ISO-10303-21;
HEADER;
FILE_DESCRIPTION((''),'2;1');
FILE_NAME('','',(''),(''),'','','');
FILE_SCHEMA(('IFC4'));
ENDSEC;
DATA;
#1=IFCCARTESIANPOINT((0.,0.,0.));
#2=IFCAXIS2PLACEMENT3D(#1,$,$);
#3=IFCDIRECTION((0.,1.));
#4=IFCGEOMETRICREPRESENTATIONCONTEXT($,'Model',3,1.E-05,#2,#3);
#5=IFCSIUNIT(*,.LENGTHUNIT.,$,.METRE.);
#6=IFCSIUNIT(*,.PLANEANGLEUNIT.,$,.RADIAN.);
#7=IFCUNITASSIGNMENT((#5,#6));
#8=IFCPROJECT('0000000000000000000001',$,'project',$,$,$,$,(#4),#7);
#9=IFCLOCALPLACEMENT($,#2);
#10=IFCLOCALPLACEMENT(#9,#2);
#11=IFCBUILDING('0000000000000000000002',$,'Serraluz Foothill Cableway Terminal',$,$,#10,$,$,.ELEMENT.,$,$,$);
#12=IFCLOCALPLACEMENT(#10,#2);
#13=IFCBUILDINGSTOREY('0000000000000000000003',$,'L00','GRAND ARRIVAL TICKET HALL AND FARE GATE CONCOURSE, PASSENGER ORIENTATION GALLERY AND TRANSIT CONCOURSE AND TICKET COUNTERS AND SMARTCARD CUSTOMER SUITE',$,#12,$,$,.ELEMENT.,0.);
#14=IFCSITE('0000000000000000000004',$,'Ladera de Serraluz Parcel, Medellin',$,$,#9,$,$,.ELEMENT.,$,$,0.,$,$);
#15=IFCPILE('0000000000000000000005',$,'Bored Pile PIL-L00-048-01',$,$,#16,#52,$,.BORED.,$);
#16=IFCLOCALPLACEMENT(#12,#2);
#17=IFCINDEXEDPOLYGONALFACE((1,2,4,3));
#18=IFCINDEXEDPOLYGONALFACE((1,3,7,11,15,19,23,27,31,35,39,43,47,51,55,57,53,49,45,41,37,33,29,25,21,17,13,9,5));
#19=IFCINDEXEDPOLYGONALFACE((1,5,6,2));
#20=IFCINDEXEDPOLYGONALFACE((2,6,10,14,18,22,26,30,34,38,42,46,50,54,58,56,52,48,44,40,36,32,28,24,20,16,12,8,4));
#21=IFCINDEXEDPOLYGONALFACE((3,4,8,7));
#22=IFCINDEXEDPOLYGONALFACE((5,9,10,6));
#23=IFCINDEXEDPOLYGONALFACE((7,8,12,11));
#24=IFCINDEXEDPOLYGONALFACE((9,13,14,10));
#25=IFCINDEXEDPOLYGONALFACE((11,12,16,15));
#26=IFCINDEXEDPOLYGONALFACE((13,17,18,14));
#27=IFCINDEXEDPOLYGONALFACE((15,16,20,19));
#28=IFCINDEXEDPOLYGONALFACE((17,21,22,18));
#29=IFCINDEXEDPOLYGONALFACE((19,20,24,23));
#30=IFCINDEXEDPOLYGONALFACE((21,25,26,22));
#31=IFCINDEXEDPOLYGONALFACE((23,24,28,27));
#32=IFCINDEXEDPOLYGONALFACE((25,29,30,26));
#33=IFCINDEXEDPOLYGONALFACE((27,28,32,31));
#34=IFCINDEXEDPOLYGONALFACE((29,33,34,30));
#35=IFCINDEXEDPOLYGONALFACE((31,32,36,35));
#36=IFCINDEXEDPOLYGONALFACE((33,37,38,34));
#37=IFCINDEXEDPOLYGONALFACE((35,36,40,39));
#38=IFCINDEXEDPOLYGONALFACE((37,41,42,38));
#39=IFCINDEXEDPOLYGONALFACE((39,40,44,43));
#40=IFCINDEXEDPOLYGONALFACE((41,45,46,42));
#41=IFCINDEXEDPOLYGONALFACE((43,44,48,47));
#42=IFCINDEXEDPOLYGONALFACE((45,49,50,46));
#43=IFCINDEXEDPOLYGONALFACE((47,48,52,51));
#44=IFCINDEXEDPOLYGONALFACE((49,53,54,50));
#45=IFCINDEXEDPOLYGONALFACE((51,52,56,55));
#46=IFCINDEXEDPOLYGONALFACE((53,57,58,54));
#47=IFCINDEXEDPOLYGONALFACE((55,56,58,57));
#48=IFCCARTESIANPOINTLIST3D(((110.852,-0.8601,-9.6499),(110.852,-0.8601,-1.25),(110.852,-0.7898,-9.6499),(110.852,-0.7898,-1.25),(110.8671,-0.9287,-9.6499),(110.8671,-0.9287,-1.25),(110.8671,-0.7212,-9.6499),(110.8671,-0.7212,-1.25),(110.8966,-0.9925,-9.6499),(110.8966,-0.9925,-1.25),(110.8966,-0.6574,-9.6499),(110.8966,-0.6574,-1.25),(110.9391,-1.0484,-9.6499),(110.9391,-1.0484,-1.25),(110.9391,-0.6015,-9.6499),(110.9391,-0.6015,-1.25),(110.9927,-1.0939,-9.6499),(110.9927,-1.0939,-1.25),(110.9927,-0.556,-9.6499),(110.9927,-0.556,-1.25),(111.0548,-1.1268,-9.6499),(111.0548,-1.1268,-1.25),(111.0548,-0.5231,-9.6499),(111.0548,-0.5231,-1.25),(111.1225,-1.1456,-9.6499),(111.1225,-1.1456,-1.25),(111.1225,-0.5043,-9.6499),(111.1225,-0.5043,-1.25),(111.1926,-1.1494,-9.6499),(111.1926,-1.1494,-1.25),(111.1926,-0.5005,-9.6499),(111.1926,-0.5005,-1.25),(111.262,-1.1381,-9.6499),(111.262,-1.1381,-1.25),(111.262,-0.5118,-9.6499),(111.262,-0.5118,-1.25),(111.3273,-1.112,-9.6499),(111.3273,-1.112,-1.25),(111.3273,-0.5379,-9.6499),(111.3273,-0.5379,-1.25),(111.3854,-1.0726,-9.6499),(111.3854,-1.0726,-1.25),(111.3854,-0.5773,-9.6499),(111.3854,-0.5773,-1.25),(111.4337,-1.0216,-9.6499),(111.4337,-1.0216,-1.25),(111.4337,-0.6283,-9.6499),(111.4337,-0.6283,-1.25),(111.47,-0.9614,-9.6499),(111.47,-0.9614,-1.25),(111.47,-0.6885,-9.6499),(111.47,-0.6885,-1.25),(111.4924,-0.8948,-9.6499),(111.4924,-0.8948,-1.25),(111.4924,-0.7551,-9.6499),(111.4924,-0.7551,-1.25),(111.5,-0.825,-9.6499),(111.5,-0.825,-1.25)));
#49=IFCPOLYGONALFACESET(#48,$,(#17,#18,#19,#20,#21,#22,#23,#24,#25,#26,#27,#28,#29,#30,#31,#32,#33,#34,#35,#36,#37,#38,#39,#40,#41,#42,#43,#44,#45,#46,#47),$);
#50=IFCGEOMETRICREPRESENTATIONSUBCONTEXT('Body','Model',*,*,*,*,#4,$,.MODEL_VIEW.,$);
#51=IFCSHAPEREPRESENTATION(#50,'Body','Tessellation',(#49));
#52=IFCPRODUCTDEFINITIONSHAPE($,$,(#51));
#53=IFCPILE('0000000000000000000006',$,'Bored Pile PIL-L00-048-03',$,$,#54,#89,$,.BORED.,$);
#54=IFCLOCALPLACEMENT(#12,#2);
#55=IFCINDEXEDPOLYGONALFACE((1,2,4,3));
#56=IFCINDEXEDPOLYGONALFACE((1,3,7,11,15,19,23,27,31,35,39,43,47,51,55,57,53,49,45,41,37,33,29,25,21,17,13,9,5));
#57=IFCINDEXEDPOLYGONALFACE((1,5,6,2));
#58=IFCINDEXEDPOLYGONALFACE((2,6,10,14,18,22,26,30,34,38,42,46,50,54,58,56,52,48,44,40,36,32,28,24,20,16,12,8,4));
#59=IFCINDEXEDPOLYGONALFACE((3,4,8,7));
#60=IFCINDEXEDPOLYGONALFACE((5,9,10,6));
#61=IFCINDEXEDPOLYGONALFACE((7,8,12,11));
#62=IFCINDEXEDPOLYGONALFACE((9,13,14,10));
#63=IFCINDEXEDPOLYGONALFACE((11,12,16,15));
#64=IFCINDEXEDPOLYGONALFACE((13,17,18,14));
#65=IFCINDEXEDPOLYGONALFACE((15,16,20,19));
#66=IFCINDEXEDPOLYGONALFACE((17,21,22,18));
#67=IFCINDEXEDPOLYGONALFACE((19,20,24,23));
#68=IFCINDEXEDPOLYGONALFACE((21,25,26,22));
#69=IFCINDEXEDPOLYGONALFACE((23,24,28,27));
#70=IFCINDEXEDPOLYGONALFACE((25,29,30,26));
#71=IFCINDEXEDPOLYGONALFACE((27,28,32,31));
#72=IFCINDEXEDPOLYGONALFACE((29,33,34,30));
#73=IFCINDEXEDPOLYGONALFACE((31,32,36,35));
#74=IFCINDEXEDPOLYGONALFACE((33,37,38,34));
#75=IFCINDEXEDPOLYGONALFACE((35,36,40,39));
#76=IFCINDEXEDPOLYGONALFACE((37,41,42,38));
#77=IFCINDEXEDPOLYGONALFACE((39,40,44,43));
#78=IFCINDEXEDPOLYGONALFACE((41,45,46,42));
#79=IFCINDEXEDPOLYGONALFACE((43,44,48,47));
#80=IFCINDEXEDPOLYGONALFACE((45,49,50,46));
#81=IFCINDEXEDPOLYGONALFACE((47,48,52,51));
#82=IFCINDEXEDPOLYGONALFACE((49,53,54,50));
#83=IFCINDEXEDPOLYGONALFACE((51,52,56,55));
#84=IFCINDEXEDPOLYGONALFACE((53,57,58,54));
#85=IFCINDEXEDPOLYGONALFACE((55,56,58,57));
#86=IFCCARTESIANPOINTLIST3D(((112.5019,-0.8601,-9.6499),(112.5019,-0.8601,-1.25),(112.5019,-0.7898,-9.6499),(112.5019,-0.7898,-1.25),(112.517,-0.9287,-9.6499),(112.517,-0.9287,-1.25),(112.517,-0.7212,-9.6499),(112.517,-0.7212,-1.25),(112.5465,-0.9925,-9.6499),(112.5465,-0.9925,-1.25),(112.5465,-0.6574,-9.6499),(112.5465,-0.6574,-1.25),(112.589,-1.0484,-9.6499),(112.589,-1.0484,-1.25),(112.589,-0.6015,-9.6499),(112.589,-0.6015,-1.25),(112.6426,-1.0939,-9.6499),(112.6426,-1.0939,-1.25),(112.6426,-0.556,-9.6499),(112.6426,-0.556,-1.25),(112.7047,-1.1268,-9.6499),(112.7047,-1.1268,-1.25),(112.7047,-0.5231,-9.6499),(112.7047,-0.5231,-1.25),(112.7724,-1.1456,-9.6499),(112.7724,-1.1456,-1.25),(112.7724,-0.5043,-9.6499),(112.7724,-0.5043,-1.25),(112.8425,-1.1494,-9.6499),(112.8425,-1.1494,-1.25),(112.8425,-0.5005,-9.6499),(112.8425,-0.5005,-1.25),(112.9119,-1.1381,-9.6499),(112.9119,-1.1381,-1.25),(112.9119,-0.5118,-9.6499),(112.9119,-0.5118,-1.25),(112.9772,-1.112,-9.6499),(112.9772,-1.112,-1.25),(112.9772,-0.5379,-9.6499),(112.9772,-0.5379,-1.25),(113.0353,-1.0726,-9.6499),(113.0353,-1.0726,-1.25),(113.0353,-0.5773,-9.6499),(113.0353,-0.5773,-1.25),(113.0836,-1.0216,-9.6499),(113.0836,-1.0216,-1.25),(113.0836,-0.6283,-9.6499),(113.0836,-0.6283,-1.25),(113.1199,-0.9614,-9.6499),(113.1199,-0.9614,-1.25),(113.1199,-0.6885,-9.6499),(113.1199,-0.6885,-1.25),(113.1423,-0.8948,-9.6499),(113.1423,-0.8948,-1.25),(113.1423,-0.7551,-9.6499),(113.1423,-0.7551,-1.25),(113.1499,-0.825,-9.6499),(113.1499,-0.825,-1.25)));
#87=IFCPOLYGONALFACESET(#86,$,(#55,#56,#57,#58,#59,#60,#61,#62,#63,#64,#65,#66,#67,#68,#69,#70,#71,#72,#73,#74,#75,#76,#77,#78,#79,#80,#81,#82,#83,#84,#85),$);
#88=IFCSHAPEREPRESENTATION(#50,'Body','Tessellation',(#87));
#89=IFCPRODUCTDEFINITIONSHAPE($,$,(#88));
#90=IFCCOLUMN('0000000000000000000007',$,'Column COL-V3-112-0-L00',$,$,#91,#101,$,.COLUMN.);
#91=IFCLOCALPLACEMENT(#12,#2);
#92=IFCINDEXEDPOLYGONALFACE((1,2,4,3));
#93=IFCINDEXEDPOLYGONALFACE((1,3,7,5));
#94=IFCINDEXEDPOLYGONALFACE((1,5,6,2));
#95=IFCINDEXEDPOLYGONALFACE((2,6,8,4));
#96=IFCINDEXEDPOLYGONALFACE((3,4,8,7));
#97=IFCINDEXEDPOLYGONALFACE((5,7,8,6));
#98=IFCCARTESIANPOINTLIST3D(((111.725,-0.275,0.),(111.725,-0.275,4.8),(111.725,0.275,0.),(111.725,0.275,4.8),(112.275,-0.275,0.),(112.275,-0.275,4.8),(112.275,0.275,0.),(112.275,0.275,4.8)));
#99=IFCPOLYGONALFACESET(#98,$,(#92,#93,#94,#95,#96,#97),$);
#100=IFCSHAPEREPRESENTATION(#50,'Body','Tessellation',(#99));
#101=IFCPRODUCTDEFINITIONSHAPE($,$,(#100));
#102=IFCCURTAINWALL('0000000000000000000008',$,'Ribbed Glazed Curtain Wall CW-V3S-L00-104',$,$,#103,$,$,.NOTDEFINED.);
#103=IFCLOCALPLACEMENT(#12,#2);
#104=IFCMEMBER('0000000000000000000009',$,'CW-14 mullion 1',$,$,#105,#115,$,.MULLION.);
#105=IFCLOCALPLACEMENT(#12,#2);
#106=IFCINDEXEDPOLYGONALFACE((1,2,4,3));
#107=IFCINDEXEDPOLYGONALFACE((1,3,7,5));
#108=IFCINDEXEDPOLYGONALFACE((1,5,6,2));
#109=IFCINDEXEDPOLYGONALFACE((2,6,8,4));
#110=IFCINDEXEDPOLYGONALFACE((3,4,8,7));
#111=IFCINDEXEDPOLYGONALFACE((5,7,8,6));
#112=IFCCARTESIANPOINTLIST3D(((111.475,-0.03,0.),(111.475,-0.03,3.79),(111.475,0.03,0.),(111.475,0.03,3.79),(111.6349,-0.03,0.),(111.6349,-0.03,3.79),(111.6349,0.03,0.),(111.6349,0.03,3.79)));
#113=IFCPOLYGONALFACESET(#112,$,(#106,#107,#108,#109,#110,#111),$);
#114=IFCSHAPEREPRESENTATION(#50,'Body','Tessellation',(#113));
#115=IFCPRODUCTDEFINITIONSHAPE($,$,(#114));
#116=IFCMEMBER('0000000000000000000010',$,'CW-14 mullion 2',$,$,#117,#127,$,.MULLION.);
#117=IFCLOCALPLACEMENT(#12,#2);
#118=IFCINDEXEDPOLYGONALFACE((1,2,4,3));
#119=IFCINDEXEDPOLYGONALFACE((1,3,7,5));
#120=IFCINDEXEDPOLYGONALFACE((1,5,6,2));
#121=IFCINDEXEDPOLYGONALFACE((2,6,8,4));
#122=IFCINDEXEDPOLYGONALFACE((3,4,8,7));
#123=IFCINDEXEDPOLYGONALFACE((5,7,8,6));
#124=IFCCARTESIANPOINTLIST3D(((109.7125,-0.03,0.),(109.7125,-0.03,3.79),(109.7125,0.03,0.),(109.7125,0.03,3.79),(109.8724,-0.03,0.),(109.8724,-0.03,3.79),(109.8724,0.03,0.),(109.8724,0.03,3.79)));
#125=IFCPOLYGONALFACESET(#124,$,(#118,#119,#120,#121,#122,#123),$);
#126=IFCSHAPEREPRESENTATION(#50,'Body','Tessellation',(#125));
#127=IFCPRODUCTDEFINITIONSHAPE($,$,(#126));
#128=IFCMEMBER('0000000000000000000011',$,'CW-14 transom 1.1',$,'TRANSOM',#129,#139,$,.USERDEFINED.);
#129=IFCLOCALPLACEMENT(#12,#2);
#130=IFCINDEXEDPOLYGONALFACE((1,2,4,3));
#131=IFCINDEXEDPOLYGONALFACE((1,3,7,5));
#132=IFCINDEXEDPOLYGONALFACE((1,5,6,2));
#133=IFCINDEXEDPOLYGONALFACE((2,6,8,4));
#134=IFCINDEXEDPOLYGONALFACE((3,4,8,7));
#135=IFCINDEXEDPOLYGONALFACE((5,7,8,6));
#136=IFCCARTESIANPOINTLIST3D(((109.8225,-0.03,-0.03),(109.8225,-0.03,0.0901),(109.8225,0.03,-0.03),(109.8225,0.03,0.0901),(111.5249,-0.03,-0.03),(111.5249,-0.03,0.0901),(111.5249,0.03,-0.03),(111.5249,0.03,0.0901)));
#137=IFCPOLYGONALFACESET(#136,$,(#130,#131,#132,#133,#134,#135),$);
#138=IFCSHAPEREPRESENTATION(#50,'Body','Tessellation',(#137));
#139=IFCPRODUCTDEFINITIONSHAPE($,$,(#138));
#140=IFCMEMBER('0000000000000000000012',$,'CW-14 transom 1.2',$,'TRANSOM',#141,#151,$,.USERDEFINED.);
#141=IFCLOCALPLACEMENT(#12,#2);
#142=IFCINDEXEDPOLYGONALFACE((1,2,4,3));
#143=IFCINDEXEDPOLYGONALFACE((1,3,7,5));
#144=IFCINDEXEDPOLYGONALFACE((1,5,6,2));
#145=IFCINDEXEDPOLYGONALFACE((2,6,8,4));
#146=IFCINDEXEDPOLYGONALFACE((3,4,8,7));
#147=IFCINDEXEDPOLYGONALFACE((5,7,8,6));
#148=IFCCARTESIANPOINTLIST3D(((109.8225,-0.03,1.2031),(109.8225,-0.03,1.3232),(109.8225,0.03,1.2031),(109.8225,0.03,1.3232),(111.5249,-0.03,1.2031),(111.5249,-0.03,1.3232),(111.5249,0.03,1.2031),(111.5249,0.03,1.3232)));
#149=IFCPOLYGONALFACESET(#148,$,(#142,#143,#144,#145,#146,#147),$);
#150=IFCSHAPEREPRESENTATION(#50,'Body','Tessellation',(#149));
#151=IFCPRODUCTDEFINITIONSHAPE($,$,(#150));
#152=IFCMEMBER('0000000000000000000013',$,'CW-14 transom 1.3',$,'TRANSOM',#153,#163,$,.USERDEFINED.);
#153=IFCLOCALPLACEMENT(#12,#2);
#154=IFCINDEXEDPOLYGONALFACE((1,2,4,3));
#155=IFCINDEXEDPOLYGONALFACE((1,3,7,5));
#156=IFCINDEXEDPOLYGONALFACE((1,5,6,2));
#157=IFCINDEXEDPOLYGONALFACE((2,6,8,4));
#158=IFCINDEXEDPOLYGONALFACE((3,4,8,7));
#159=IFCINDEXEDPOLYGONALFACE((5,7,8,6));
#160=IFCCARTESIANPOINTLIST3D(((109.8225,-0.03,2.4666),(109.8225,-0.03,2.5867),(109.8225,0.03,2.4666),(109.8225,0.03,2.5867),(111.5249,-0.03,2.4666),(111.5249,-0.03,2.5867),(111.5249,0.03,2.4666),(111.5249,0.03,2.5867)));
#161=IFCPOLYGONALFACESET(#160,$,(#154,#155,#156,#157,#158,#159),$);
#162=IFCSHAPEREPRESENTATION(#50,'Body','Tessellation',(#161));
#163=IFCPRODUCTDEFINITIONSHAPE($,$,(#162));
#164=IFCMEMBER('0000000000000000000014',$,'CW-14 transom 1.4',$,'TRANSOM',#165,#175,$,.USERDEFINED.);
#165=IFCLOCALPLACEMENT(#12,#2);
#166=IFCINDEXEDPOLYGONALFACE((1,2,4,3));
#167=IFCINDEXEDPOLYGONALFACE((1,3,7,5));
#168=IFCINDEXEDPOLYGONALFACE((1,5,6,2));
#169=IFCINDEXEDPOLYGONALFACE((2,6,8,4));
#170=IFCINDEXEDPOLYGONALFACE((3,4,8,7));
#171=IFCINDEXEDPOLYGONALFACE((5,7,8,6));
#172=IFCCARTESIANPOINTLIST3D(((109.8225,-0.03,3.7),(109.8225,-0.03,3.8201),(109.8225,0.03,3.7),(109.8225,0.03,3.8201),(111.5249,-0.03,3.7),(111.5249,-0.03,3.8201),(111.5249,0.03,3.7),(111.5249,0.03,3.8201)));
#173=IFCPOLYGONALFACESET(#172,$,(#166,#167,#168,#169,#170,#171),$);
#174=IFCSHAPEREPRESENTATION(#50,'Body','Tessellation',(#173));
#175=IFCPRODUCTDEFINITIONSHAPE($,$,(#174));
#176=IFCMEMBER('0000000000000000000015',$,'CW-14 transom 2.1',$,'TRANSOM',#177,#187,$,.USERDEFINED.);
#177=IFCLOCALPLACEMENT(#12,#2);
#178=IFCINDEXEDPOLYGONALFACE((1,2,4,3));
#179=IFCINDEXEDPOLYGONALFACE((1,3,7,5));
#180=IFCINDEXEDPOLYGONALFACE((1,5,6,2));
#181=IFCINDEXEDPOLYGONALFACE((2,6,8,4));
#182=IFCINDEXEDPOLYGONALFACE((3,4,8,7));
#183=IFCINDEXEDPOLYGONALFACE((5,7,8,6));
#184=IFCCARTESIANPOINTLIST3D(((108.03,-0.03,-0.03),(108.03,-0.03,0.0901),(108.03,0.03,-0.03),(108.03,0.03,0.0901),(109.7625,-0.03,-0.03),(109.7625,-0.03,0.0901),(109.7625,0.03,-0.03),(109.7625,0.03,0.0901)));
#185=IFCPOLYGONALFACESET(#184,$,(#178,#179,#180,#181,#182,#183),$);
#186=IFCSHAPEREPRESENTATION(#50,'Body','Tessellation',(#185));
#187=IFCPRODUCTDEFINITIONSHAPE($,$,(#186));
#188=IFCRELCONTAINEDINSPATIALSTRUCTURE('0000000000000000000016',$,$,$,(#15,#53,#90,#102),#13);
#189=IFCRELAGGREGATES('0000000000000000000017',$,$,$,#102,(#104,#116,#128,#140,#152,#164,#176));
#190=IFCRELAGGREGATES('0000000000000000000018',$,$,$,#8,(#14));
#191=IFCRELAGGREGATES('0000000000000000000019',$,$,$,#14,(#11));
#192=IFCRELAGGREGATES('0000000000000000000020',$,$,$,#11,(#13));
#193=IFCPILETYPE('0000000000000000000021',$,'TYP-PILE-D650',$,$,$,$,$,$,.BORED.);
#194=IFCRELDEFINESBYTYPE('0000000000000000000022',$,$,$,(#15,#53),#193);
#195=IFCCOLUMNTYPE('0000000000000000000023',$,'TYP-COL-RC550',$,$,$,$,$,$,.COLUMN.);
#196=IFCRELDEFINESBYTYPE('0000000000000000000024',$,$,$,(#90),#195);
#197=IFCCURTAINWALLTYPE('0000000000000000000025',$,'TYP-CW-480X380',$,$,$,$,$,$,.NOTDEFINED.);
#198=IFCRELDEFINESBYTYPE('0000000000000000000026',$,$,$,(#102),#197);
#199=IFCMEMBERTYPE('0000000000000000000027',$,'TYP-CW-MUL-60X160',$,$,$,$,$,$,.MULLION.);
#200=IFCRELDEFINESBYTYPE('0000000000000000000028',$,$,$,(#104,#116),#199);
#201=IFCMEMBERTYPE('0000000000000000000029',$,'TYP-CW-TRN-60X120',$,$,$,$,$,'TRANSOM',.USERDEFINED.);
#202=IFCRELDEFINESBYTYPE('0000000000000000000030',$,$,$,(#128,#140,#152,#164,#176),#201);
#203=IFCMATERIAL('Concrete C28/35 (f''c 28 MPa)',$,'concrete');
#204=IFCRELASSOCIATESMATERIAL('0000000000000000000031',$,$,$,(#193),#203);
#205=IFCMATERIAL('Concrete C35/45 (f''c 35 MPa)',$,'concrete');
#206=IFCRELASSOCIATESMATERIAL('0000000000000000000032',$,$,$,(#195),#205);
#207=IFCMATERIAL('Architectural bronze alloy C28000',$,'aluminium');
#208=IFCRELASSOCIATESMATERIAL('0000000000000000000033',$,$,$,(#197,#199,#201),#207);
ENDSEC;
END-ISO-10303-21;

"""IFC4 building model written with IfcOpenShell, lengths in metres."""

from ifc_helpers import new_model, si_unit, direction, frame, origin, origin_2d, place, context, subcontext, project, spatial, rectangle, circle, extrude, material, material_profile, profile_set, type_object, element, aggregate, save


model = new_model("IFC4")

# Units and contexts
model_context = context("Model", 3, precision=1e-05, world=origin(), true_north=direction((0.0, 1.0)))
body_context = subcontext(model_context, "Body", "Model", "MODEL_VIEW")
ifc_project = project(units=[si_unit("LENGTHUNIT", "METRE"), si_unit("PLANEANGLEUNIT", "RADIAN")], contexts=[model_context])

# Site, building, storey
site_placement = place(None, origin())
site = spatial("IfcSite", under=ifc_project, at=site_placement, Name="Ladera de Serraluz Parcel, Medellin", CompositionType="ELEMENT", RefElevation=0.0)
building_placement = place(site_placement, origin())
building = spatial("IfcBuilding", under=site, at=building_placement, Name="Serraluz Foothill Cableway Terminal", CompositionType="ELEMENT")
storey_placement = place(building_placement, origin())
storey = spatial("IfcBuildingStorey", under=building, at=storey_placement, Name="L00", Description="GRAND ARRIVAL TICKET HALL AND FARE GATE CONCOURSE, PASSENGER ORIENTATION GALLERY AND TRANSIT CONCOURSE AND TICKET COUNTERS AND SMARTCARD CUSTOMER SUITE", CompositionType="ELEMENT", Elevation=0.0)

# Piles
ifc_material_1 = material(Name="Concrete C28/35 (f'c 28 MPa)", Category="concrete")
ifc_material_profile_1 = material_profile(ifc_material_1, circle(Radius=0.325, at=origin_2d()), Name="BORED PILE D650")
ifc_profile_set_1 = profile_set([ifc_material_profile_1], Name="Concrete C28/35 (f'c 28 MPa)")
pile_type = type_object("IfcPileType", Name="TYP-PILE-D650", PredefinedType="BORED", material=ifc_profile_set_1)
for number, where, z_axis, x_axis, name in (
    (1, (111.175, -0.825, -1.25), (0.0, 0.0, -1.0), (1.0, 0.0, 0.0), "Bored Pile PIL-L00-048-01"),
    (2, (112.825, -0.825, -1.25), (0.0, 0.0, -1.0), (1.0, 0.0, 0.0), "Bored Pile PIL-L00-048-03"),
):
    element("IfcPile", number, at=place(storey_placement, frame(where, z_axis=z_axis, x_axis=x_axis)), inside=storey, type_object=pile_type, Name=name, PredefinedType="BORED", context=body_context, shape_type="SweptSolid", body=[
        extrude(circle(Radius=0.325, at=origin_2d()), origin(), (0.0, 0.0, 1.0), 8.3999),
    ])

# Column
ifc_material_2 = material(Name="Concrete C35/45 (f'c 35 MPa)", Category="concrete")
ifc_material_profile_2 = material_profile(ifc_material_2, rectangle(XDim=0.55, YDim=0.55, at=origin_2d()), Name="RC 550x550")
ifc_profile_set_2 = profile_set([ifc_material_profile_2], Name="Concrete C35/45 (f'c 35 MPa)")
column_type = type_object("IfcColumnType", Name="TYP-COL-RC550", PredefinedType="COLUMN", material=ifc_profile_set_2)
column_placement = place(storey_placement, frame((112.0, 0.0, 0.0), z_axis=(0.0, 0.0, 1.0), x_axis=(1.0, 0.0, 0.0)))
element("IfcColumn", 3, at=column_placement, inside=storey, type_object=column_type, Name="Column COL-V3-112-0-L00", PredefinedType="COLUMN", context=body_context, shape_type="SweptSolid", body=[
    extrude(rectangle(XDim=0.55, YDim=0.55, at=origin_2d()), origin(), (0.0, 0.0, 1.0), 4.8),
])

# Curtain wall, members
ifc_material_3 = material(Name="Architectural bronze alloy C28000", Category="aluminium")
curtain_wall_type = type_object("IfcCurtainWallType", Name="TYP-CW-480X380", PredefinedType="NOTDEFINED", material=ifc_material_3)
curtain_wall_placement = place(storey_placement, origin())
curtain_wall = element("IfcCurtainWall", 4, at=curtain_wall_placement, inside=storey, type_object=curtain_wall_type, Name="Ribbed Glazed Curtain Wall CW-V3S-L00-104", PredefinedType="NOTDEFINED")
ifc_material_profile_3 = material_profile(ifc_material_3, rectangle(XDim=0.0601, YDim=0.1599, at=origin_2d()), Name="ALU MULLION 60x160")
ifc_profile_set_3 = profile_set([ifc_material_profile_3], Name="Architectural bronze alloy C28000")
member_type_1 = type_object("IfcMemberType", Name="TYP-CW-MUL-60X160", PredefinedType="MULLION", material=ifc_profile_set_3)
member_1_placement = place(storey_placement, frame((111.5549, 0.0, 0.0), z_axis=(0.0, 0.0, 1.0), x_axis=(0.0, -1.0, 0.0)))
member_1 = element("IfcMember", 5, at=member_1_placement, type_object=member_type_1, Name="CW-14 mullion 1", PredefinedType="MULLION", context=body_context, shape_type="SweptSolid", body=[
    extrude(rectangle(XDim=0.0601, YDim=0.1599, at=origin_2d()), origin(), (0.0, 0.0, 1.0), 3.79),
])
member_2_placement = place(storey_placement, frame((109.7925, 0.0, 0.0), z_axis=(0.0, 0.0, 1.0), x_axis=(0.0, -1.0, 0.0)))
member_2 = element("IfcMember", 6, at=member_2_placement, type_object=member_type_1, Name="CW-14 mullion 2", PredefinedType="MULLION", context=body_context, shape_type="SweptSolid", body=[
    extrude(rectangle(XDim=0.0601, YDim=0.1599, at=origin_2d()), origin(), (0.0, 0.0, 1.0), 3.79),
])
ifc_material_profile_4 = material_profile(ifc_material_3, rectangle(XDim=0.0601, YDim=0.1201, at=origin_2d()), Name="ALU TRANSOM 60x120")
ifc_profile_set_4 = profile_set([ifc_material_profile_4], Name="Architectural bronze alloy C28000")
member_type_2 = type_object("IfcMemberType", Name="TYP-CW-TRN-60X120", ElementType="TRANSOM", PredefinedType="USERDEFINED", material=ifc_profile_set_4)
member_3_placement = place(storey_placement, frame((111.5249, 0.0, 0.03), z_axis=(-1.0, 0.0, 0.0), x_axis=(0.0, -1.0, 0.0)))
member_3 = element("IfcMember", 7, at=member_3_placement, type_object=member_type_2, Name="CW-14 transom 1.1", ObjectType="TRANSOM", PredefinedType="USERDEFINED", context=body_context, shape_type="SweptSolid", body=[
    extrude(rectangle(XDim=0.0601, YDim=0.1201, at=origin_2d()), origin(), (0.0, 0.0, 1.0), 1.7024),
])
member_4_placement = place(storey_placement, frame((111.5249, 0.0, 1.2632), z_axis=(-1.0, 0.0, 0.0), x_axis=(0.0, -1.0, 0.0)))
member_4 = element("IfcMember", 8, at=member_4_placement, type_object=member_type_2, Name="CW-14 transom 1.2", ObjectType="TRANSOM", PredefinedType="USERDEFINED", context=body_context, shape_type="SweptSolid", body=[
    extrude(rectangle(XDim=0.0601, YDim=0.1201, at=origin_2d()), origin(), (0.0, 0.0, 1.0), 1.7024),
])
member_5_placement = place(storey_placement, frame((111.5249, 0.0, 2.5266), z_axis=(-1.0, 0.0, 0.0), x_axis=(0.0, -1.0, 0.0)))
member_5 = element("IfcMember", 9, at=member_5_placement, type_object=member_type_2, Name="CW-14 transom 1.3", ObjectType="TRANSOM", PredefinedType="USERDEFINED", context=body_context, shape_type="SweptSolid", body=[
    extrude(rectangle(XDim=0.0601, YDim=0.1201, at=origin_2d()), origin(), (0.0, 0.0, 1.0), 1.7024),
])
member_6_placement = place(storey_placement, frame((111.5249, 0.0, 3.76), z_axis=(-1.0, 0.0, 0.0), x_axis=(0.0, -1.0, 0.0)))
member_6 = element("IfcMember", 10, at=member_6_placement, type_object=member_type_2, Name="CW-14 transom 1.4", ObjectType="TRANSOM", PredefinedType="USERDEFINED", context=body_context, shape_type="SweptSolid", body=[
    extrude(rectangle(XDim=0.0601, YDim=0.1201, at=origin_2d()), origin(), (0.0, 0.0, 1.0), 1.7024),
])
member_7_placement = place(storey_placement, frame((109.7625, 0.0, 0.03), z_axis=(-1.0, 0.0, 0.0), x_axis=(0.0, -1.0, 0.0)))
member_7 = element("IfcMember", 11, at=member_7_placement, type_object=member_type_2, Name="CW-14 transom 2.1", ObjectType="TRANSOM", PredefinedType="USERDEFINED", context=body_context, shape_type="SweptSolid", body=[
    extrude(rectangle(XDim=0.0601, YDim=0.1201, at=origin_2d()), origin(), (0.0, 0.0, 1.0), 1.7324),
])

aggregate(curtain_wall, [member_1, member_2, member_3, member_4, member_5, member_6, member_7])

save(model, "model.ifc")
